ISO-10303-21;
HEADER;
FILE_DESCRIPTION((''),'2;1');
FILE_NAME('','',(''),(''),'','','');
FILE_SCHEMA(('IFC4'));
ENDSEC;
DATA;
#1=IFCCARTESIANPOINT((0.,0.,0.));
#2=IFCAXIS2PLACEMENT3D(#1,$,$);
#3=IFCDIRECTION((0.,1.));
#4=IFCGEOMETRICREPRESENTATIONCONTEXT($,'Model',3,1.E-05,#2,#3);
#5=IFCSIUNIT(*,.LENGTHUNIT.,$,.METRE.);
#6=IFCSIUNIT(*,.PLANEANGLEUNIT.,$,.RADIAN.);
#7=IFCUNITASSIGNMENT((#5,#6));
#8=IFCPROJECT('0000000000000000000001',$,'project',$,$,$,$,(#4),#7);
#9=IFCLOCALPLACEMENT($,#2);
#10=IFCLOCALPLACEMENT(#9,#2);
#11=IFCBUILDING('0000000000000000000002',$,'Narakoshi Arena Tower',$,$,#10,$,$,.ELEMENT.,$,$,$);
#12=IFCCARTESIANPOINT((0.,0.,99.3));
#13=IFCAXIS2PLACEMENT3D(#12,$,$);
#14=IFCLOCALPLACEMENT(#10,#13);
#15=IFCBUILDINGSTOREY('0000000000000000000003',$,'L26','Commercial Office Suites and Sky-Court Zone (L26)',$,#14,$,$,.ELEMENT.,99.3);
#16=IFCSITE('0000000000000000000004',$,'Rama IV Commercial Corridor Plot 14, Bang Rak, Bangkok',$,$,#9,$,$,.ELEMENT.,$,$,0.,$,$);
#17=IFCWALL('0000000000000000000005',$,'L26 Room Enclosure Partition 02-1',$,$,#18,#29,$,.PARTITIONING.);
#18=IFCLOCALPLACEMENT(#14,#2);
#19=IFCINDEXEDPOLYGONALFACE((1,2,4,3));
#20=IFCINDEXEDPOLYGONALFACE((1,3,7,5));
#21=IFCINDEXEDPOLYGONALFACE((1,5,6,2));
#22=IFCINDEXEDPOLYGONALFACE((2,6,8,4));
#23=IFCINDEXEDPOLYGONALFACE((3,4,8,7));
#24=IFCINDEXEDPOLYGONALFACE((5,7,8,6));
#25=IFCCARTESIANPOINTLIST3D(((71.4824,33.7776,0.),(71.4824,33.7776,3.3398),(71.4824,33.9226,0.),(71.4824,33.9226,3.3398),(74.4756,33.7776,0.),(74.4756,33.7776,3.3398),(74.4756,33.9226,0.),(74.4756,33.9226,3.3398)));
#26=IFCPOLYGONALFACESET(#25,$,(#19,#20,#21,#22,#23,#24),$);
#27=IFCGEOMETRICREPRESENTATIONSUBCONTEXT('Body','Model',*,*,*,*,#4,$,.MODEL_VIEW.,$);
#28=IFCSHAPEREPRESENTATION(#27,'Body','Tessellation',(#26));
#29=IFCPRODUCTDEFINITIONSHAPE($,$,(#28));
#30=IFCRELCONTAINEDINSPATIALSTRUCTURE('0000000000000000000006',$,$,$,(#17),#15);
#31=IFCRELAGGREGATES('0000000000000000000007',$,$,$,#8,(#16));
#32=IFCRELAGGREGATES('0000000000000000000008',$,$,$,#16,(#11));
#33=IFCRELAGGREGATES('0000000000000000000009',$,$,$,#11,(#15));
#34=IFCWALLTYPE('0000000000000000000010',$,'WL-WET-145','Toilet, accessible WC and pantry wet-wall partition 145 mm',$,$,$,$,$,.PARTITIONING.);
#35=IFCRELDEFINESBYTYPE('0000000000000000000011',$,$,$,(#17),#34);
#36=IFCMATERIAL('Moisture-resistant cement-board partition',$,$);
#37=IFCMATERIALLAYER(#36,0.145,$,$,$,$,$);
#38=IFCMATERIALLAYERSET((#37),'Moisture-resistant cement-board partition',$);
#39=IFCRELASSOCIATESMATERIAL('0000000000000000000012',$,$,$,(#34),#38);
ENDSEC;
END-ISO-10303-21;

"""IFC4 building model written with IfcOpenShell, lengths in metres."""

from ifc_helpers import new_model, si_unit, direction, frame, frame_2d, origin, place, context, subcontext, project, spatial, rectangle, extrude, material, layer, layer_set, type_object, element, save


model = new_model("IFC4")

# Units and contexts
model_context = context("Model", 3, precision=1e-05, world=origin(), true_north=direction((0.0, 1.0)))
body_context = subcontext(model_context, "Body", "Model", "MODEL_VIEW")
ifc_project = project(units=[si_unit("LENGTHUNIT", "METRE"), si_unit("PLANEANGLEUNIT", "RADIAN")], contexts=[model_context])

# Site, building, storey
site_placement = place(None, origin())
site = spatial("IfcSite", under=ifc_project, at=site_placement, Name="Rama IV Commercial Corridor Plot 14, Bang Rak, Bangkok", CompositionType="ELEMENT", RefElevation=0.0)
building_placement = place(site_placement, origin())
building = spatial("IfcBuilding", under=site, at=building_placement, Name="Narakoshi Arena Tower", CompositionType="ELEMENT")
storey_placement = place(building_placement, frame((0.0, 0.0, 99.3)))
storey = spatial("IfcBuildingStorey", under=building, at=storey_placement, Name="L26", Description="Commercial Office Suites and Sky-Court Zone (L26)", CompositionType="ELEMENT", Elevation=99.3)

# Shared definitions
ifc_material_1 = material(Name="Moisture-resistant cement-board partition")
ifc_layer_1 = layer(ifc_material_1, 0.145)
ifc_layer_set_1 = layer_set([ifc_layer_1], Name="Moisture-resistant cement-board partition")
wall_type_1 = type_object("IfcWallType", Name="WL-WET-145", Description="Toilet, accessible WC and pantry wet-wall partition 145 mm", PredefinedType="PARTITIONING", material=ifc_layer_set_1)

# Wall
wall_1_placement = place(storey_placement, frame((71.4824, 33.8501, 0.0), z_axis=(0.0, 0.0, 1.0), x_axis=(1.0, 0.0, 0.0)))
element("IfcWall", 1, at=wall_1_placement, inside=storey, type_object=wall_type_1, Name="L26 Room Enclosure Partition 02-1", PredefinedType="PARTITIONING", context=body_context, shape_type="SweptSolid", body=[
    extrude(rectangle(XDim=2.9932, YDim=0.145, at=frame_2d((1.4966, 0.0))), origin(), (0.0, 0.0, 1.0), 3.3398),
])

save(model, "model.ifc")
